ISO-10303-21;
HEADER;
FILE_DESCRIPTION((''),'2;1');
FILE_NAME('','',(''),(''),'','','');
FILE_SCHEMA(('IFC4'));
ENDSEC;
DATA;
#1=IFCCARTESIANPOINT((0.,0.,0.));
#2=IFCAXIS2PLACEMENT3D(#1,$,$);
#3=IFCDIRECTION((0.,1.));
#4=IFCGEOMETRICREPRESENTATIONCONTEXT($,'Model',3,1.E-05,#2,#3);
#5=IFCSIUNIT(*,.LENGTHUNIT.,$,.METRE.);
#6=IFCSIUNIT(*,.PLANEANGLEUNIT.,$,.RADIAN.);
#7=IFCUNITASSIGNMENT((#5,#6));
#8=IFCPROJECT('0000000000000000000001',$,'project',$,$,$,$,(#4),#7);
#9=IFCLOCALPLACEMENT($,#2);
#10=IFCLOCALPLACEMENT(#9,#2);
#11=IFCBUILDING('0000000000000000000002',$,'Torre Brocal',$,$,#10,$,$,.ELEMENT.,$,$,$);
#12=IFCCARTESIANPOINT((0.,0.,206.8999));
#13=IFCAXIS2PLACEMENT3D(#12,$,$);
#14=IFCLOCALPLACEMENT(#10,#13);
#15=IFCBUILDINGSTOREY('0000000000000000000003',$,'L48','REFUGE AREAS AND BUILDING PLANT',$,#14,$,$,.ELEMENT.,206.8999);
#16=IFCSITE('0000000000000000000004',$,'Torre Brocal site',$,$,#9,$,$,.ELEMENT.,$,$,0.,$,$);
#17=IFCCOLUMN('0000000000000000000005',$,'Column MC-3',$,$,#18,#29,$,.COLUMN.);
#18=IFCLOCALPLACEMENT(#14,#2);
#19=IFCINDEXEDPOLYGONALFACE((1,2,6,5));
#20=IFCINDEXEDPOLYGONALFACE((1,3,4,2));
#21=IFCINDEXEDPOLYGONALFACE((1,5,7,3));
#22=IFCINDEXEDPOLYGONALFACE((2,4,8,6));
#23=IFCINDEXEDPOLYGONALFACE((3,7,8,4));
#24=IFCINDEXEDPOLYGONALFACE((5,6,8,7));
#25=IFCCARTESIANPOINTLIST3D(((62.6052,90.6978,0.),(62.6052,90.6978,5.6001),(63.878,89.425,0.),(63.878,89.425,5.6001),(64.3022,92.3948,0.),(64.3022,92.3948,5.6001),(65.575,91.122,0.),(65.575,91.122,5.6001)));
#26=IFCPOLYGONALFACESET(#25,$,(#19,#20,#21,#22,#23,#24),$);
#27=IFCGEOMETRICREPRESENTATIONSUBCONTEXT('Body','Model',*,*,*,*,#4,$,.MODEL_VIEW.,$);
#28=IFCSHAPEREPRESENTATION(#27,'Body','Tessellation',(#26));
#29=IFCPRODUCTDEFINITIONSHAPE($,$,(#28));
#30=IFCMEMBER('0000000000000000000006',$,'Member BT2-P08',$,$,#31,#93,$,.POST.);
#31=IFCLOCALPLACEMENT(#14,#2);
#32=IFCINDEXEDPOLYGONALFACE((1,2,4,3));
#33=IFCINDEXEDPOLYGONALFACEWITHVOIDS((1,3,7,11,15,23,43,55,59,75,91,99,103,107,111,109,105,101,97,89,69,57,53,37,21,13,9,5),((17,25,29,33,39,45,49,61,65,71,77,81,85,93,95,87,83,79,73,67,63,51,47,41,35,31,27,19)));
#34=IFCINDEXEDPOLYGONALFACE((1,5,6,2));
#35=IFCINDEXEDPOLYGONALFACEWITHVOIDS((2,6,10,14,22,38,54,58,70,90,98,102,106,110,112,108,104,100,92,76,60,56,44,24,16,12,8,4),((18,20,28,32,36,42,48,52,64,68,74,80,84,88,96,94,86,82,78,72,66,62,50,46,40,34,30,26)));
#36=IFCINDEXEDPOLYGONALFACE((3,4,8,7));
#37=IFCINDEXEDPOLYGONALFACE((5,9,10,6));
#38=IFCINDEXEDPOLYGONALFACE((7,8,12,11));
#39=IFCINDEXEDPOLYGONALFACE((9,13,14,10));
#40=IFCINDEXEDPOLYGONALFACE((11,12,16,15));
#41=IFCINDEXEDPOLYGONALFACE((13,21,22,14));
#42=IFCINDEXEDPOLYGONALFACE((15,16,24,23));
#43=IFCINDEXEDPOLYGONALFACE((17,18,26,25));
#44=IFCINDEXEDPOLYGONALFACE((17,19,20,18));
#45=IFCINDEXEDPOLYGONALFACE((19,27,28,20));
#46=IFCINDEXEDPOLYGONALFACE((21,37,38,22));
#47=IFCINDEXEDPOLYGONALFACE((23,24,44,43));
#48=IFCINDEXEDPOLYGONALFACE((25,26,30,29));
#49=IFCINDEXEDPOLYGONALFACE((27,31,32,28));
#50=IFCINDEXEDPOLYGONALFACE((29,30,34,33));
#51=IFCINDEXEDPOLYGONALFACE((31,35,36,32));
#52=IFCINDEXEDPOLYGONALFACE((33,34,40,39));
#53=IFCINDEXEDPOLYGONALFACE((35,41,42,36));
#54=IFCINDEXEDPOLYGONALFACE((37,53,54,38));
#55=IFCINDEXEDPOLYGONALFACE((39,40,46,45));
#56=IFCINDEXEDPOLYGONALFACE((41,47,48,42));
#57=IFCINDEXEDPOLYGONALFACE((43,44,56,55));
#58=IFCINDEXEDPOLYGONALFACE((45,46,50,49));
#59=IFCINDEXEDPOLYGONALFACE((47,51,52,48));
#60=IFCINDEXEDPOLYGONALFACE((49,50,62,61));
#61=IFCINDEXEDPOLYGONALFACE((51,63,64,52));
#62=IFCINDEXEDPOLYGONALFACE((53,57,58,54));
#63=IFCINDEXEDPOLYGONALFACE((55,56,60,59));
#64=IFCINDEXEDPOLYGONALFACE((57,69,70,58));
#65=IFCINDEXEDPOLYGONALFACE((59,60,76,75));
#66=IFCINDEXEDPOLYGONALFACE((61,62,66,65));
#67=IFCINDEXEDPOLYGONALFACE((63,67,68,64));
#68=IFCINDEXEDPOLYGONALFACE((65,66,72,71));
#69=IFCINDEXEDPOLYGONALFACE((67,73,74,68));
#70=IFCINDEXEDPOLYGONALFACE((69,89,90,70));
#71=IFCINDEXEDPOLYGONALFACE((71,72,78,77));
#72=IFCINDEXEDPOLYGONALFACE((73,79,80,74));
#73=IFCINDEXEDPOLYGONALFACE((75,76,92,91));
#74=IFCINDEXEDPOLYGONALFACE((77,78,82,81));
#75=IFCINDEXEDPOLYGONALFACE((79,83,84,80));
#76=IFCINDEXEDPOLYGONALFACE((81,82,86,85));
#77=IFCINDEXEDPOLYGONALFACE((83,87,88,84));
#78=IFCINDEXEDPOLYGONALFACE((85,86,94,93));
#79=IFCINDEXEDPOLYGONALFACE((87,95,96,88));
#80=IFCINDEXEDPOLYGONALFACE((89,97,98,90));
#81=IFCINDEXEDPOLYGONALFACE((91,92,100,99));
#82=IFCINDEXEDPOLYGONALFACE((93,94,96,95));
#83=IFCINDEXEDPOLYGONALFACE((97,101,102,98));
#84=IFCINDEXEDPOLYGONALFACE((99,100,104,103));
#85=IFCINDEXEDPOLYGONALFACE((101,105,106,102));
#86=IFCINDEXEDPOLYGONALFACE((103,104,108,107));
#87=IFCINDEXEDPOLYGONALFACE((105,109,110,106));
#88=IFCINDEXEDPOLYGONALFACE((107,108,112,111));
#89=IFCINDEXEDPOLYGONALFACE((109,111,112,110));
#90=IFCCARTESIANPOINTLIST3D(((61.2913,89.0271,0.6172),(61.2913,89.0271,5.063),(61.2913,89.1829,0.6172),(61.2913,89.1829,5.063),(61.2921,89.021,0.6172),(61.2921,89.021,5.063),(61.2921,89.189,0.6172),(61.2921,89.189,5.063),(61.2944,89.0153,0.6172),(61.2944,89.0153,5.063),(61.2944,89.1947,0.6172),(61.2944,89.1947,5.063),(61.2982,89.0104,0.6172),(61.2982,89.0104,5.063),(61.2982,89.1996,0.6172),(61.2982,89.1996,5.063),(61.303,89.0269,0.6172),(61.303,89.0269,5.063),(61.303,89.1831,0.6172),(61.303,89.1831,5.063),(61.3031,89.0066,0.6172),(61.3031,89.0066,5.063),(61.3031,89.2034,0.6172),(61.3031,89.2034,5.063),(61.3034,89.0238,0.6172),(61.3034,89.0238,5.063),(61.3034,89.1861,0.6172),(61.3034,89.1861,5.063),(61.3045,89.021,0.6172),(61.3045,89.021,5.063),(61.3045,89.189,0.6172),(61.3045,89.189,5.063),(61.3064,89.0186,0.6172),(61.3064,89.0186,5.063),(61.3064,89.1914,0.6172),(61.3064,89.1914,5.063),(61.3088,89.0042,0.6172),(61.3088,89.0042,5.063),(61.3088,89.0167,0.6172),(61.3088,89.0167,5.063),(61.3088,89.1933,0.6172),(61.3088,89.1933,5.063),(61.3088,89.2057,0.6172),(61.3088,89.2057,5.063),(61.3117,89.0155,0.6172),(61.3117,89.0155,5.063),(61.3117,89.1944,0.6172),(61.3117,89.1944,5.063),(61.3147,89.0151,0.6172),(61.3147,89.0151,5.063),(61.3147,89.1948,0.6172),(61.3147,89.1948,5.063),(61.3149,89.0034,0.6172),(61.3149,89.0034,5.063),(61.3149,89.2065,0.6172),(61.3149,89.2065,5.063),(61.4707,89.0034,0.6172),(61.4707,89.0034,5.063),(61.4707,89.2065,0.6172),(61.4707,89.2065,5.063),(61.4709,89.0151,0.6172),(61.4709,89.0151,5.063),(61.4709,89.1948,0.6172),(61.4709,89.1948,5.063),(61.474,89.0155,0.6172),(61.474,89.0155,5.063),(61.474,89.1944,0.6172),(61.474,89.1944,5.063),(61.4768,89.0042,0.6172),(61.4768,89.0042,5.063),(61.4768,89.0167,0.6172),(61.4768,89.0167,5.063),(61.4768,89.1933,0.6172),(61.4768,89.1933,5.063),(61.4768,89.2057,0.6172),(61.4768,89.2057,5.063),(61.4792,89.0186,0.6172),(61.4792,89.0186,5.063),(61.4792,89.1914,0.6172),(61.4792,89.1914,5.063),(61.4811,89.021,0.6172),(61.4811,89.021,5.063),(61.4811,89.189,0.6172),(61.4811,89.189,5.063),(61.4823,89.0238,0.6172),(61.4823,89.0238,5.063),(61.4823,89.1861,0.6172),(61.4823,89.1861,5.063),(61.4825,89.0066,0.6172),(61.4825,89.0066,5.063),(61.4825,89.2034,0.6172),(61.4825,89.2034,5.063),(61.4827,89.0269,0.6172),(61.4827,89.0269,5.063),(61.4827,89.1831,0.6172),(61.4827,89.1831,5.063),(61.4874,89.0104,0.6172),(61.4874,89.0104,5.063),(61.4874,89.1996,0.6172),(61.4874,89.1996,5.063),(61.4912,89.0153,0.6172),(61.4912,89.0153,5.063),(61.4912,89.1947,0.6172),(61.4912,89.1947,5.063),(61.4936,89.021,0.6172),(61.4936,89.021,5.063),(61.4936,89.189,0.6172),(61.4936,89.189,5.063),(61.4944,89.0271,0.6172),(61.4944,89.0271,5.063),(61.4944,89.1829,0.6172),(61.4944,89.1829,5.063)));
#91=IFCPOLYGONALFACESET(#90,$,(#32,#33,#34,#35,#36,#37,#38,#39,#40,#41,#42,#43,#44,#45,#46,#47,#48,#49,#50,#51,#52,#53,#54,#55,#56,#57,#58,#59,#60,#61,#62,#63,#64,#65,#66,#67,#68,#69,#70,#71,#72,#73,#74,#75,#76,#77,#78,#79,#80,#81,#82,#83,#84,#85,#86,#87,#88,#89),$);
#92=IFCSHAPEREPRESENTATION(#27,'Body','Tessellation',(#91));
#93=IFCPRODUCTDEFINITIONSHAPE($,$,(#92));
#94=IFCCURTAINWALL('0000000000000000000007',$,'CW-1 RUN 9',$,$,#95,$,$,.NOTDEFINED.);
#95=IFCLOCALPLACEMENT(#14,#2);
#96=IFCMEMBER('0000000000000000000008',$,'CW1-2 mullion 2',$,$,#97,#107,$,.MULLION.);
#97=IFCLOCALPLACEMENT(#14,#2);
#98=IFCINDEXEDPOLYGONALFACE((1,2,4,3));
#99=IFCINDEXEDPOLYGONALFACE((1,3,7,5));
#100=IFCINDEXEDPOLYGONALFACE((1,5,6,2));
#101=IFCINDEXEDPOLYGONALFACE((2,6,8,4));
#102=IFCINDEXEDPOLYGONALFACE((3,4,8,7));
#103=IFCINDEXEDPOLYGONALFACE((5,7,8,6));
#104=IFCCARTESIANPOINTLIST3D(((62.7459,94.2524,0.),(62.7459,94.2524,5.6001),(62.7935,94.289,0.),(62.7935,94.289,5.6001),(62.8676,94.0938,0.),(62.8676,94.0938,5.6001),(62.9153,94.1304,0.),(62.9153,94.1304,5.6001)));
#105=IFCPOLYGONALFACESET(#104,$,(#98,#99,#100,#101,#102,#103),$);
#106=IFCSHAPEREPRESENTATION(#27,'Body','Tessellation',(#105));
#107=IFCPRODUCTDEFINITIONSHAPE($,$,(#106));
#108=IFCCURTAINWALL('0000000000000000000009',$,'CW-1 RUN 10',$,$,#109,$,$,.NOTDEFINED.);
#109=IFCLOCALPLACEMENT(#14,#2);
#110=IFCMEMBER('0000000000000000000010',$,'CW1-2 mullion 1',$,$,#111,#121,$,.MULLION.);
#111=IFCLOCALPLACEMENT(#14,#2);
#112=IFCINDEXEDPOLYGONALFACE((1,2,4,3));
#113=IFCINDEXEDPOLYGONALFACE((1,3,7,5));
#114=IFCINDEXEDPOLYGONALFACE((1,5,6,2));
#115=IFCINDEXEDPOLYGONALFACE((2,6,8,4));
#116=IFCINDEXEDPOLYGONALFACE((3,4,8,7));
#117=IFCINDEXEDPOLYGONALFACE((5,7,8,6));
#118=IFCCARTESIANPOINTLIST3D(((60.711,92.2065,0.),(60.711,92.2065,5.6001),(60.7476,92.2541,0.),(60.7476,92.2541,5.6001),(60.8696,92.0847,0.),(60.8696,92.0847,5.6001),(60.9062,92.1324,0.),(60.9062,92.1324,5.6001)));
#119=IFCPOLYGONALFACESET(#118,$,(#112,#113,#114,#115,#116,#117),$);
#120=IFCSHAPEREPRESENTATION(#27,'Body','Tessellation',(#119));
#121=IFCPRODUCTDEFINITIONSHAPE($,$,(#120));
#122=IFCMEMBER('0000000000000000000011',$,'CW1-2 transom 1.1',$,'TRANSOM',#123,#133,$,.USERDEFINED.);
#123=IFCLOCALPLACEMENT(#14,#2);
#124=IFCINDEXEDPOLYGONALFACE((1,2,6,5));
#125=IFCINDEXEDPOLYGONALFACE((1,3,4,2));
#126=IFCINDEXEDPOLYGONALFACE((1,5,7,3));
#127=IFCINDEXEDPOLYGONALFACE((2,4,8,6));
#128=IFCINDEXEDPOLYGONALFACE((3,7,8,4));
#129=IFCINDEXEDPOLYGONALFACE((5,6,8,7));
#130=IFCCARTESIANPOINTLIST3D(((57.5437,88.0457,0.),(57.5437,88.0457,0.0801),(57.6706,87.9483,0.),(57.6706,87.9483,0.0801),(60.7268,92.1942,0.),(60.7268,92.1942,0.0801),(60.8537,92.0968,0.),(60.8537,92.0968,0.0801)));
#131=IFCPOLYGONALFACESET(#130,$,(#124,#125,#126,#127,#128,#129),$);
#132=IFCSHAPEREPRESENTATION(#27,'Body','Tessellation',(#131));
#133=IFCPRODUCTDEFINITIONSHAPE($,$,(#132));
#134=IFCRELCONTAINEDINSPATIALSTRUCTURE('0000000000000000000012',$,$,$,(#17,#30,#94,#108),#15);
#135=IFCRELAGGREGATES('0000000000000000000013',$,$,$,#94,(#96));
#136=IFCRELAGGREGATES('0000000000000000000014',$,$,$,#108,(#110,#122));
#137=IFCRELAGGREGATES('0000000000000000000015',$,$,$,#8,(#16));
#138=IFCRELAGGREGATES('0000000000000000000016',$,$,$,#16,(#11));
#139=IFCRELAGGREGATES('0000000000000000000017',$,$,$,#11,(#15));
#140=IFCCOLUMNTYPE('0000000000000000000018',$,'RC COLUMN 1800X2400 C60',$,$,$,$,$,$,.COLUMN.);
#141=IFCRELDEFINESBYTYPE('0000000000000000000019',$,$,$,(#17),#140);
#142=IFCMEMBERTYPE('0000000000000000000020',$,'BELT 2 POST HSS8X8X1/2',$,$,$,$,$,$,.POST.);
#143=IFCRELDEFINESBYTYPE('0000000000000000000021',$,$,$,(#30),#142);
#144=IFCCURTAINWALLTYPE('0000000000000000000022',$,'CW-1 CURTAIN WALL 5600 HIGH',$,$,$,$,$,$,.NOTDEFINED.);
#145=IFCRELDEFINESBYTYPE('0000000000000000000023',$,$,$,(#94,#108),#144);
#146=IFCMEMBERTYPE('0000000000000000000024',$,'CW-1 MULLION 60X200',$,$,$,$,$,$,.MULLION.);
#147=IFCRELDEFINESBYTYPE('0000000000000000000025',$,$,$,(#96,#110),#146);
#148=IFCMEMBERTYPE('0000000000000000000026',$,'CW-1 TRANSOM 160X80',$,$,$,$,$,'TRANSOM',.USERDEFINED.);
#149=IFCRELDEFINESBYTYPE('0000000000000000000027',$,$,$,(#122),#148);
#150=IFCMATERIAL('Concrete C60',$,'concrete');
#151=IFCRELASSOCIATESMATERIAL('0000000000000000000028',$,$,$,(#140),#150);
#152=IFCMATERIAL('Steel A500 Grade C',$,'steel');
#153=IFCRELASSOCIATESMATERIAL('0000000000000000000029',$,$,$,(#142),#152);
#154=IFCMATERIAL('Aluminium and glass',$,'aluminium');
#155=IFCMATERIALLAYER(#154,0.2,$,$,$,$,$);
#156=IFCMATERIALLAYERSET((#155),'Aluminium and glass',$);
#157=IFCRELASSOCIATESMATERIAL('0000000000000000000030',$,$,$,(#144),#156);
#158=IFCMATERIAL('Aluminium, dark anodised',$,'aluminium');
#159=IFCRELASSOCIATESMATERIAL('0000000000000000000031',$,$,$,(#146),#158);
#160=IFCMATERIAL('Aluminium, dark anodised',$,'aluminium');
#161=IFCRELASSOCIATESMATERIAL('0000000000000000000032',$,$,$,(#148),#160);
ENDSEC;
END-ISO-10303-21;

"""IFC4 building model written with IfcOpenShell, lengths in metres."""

from ifc_helpers import new_model, si_unit, direction, frame, origin, origin_2d, place, context, subcontext, project, spatial, rectangle, hollow_rectangle, extrude, material, layer, layer_set, material_profile, profile_set, type_object, element, aggregate, save


model = new_model("IFC4")

# Units and contexts
model_context = context("Model", 3, precision=1e-05, world=origin(), true_north=direction((0.0, 1.0)))
body_context = subcontext(model_context, "Body", "Model", "MODEL_VIEW")
ifc_project = project(units=[si_unit("LENGTHUNIT", "METRE"), si_unit("PLANEANGLEUNIT", "RADIAN")], contexts=[model_context])

# Site, building, storey
site_placement = place(None, origin())
site = spatial("IfcSite", under=ifc_project, at=site_placement, Name="Torre Brocal site", CompositionType="ELEMENT", RefElevation=0.0)
building_placement = place(site_placement, origin())
building = spatial("IfcBuilding", under=site, at=building_placement, Name="Torre Brocal", CompositionType="ELEMENT")
storey_placement = place(building_placement, frame((0.0, 0.0, 206.8999)))
storey = spatial("IfcBuildingStorey", under=building, at=storey_placement, Name="L48", Description="REFUGE AREAS AND BUILDING PLANT", CompositionType="ELEMENT", Elevation=206.8999)

# Column
ifc_material_1 = material(Name="Concrete C60", Category="concrete")
ifc_material_profile_1 = material_profile(ifc_material_1, rectangle(XDim=1.8, YDim=2.3999, at=origin_2d()), Name="RC 1800X2400")
ifc_profile_set_1 = profile_set([ifc_material_profile_1], Name="Concrete C60")
column_type = type_object("IfcColumnType", Name="RC COLUMN 1800X2400 C60", PredefinedType="COLUMN", material=ifc_profile_set_1)
column_placement = place(storey_placement, frame((64.0901, 90.9099, 0.0), z_axis=(0.0, 0.0, 1.0), x_axis=(-0.707107, 0.707107, 0.0)))
element("IfcColumn", 1, at=column_placement, inside=storey, type_object=column_type, Name="Column MC-3", PredefinedType="COLUMN", context=body_context, shape_type="SweptSolid", body=[
    extrude(rectangle(XDim=1.8, YDim=2.3999, at=origin_2d()), origin(), (0.0, 0.0, 1.0), 5.6001),
])

# Member
ifc_material_2 = material(Name="Steel A500 Grade C", Category="steel")
ifc_material_profile_2 = material_profile(ifc_material_2, hollow_rectangle(XDim=0.2031, YDim=0.2031, WallThickness=0.0117, InnerFilletRadius=0.0117, OuterFilletRadius=0.0237, at=origin_2d()), Name="HSS8X8X1/2")
ifc_profile_set_2 = profile_set([ifc_material_profile_2], Name="Steel A500 Grade C")
member_type_1 = type_object("IfcMemberType", Name="BELT 2 POST HSS8X8X1/2", PredefinedType="POST", material=ifc_profile_set_2)
member_1_placement = place(storey_placement, frame((61.3928, 89.105, 0.6172), z_axis=(0.0, 0.0, 1.0), x_axis=(1.0, 0.0, 0.0)))
element("IfcMember", 2, at=member_1_placement, inside=storey, type_object=member_type_1, Name="Member BT2-P08", PredefinedType="POST", context=body_context, shape_type="SweptSolid", body=[
    extrude(hollow_rectangle(XDim=0.2031, YDim=0.2031, WallThickness=0.0117, InnerFilletRadius=0.0117, OuterFilletRadius=0.0237, at=origin_2d()), origin(), (0.0, 0.0, 1.0), 4.4458),
])

# Curtain wall, member
ifc_material_3 = material(Name="Aluminium and glass", Category="aluminium")
ifc_layer_1 = layer(ifc_material_3, 0.2)
ifc_layer_set_1 = layer_set([ifc_layer_1], Name="Aluminium and glass")
curtain_wall_type = type_object("IfcCurtainWallType", Name="CW-1 CURTAIN WALL 5600 HIGH", PredefinedType="NOTDEFINED", material=ifc_layer_set_1)
curtain_wall_1_placement = place(storey_placement, origin())
curtain_wall_1 = element("IfcCurtainWall", 3, at=curtain_wall_1_placement, inside=storey, type_object=curtain_wall_type, Name="CW-1 RUN 9", PredefinedType="NOTDEFINED")
ifc_material_4 = material(Name="Aluminium, dark anodised", Category="aluminium")
ifc_material_profile_3 = material_profile(ifc_material_4, rectangle(XDim=0.2, YDim=0.0601, at=origin_2d()), Name="CW-1 MULLION 60X200")
ifc_profile_set_3 = profile_set([ifc_material_profile_3], Name="Aluminium, dark anodised")
member_type_2 = type_object("IfcMemberType", Name="CW-1 MULLION 60X200", PredefinedType="MULLION", material=ifc_profile_set_3)
member_2_placement = place(storey_placement, frame((62.8306, 94.1914, 0.0), z_axis=(0.0, 0.0, 1.0), x_axis=(0.608761, -0.793353, 0.0)))
member_2 = element("IfcMember", 4, at=member_2_placement, type_object=member_type_2, Name="CW1-2 mullion 2", PredefinedType="MULLION", context=body_context, shape_type="SweptSolid", body=[
    extrude(rectangle(XDim=0.2, YDim=0.0601, at=origin_2d()), origin(), (0.0, 0.0, 1.0), 5.6001),
])
aggregate(curtain_wall_1, [member_2])

# Curtain wall, members
curtain_wall_2_placement = place(storey_placement, origin())
curtain_wall_2 = element("IfcCurtainWall", 5, at=curtain_wall_2_placement, inside=storey, type_object=curtain_wall_type, Name="CW-1 RUN 10", PredefinedType="NOTDEFINED")
member_3_placement = place(storey_placement, frame((60.8086, 92.1694, 0.0), z_axis=(0.0, 0.0, 1.0), x_axis=(0.793353, -0.608761, 0.0)))
member_3 = element("IfcMember", 6, at=member_3_placement, type_object=member_type_2, Name="CW1-2 mullion 1", PredefinedType="MULLION", context=body_context, shape_type="SweptSolid", body=[
    extrude(rectangle(XDim=0.2, YDim=0.0601, at=origin_2d()), origin(), (0.0, 0.0, 1.0), 5.6001),
])
ifc_material_5 = material(Name="Aluminium, dark anodised", Category="aluminium")
ifc_material_profile_4 = material_profile(ifc_material_5, rectangle(XDim=0.1599, YDim=0.0801, at=origin_2d()), Name="CW-1 TRANSOM 160X80")
ifc_profile_set_4 = profile_set([ifc_material_profile_4], Name="Aluminium, dark anodised")
member_type_3 = type_object("IfcMemberType", Name="CW-1 TRANSOM 160X80", ElementType="TRANSOM", PredefinedType="USERDEFINED", material=ifc_profile_set_4)
member_4_placement = place(storey_placement, frame((60.7903, 92.1455, 0.04), z_axis=(-0.608749, -0.793363, 0.0), x_axis=(0.793363, -0.608749, 0.0)))
member_4 = element("IfcMember", 7, at=member_4_placement, type_object=member_type_3, Name="CW1-2 transom 1.1", ObjectType="TRANSOM", PredefinedType="USERDEFINED", context=body_context, shape_type="SweptSolid", body=[
    extrude(rectangle(XDim=0.1599, YDim=0.0801, at=origin_2d()), origin(), (0.0, 0.0, 1.0), 5.229),
])

aggregate(curtain_wall_2, [member_3, member_4])

save(model, "model.ifc")
